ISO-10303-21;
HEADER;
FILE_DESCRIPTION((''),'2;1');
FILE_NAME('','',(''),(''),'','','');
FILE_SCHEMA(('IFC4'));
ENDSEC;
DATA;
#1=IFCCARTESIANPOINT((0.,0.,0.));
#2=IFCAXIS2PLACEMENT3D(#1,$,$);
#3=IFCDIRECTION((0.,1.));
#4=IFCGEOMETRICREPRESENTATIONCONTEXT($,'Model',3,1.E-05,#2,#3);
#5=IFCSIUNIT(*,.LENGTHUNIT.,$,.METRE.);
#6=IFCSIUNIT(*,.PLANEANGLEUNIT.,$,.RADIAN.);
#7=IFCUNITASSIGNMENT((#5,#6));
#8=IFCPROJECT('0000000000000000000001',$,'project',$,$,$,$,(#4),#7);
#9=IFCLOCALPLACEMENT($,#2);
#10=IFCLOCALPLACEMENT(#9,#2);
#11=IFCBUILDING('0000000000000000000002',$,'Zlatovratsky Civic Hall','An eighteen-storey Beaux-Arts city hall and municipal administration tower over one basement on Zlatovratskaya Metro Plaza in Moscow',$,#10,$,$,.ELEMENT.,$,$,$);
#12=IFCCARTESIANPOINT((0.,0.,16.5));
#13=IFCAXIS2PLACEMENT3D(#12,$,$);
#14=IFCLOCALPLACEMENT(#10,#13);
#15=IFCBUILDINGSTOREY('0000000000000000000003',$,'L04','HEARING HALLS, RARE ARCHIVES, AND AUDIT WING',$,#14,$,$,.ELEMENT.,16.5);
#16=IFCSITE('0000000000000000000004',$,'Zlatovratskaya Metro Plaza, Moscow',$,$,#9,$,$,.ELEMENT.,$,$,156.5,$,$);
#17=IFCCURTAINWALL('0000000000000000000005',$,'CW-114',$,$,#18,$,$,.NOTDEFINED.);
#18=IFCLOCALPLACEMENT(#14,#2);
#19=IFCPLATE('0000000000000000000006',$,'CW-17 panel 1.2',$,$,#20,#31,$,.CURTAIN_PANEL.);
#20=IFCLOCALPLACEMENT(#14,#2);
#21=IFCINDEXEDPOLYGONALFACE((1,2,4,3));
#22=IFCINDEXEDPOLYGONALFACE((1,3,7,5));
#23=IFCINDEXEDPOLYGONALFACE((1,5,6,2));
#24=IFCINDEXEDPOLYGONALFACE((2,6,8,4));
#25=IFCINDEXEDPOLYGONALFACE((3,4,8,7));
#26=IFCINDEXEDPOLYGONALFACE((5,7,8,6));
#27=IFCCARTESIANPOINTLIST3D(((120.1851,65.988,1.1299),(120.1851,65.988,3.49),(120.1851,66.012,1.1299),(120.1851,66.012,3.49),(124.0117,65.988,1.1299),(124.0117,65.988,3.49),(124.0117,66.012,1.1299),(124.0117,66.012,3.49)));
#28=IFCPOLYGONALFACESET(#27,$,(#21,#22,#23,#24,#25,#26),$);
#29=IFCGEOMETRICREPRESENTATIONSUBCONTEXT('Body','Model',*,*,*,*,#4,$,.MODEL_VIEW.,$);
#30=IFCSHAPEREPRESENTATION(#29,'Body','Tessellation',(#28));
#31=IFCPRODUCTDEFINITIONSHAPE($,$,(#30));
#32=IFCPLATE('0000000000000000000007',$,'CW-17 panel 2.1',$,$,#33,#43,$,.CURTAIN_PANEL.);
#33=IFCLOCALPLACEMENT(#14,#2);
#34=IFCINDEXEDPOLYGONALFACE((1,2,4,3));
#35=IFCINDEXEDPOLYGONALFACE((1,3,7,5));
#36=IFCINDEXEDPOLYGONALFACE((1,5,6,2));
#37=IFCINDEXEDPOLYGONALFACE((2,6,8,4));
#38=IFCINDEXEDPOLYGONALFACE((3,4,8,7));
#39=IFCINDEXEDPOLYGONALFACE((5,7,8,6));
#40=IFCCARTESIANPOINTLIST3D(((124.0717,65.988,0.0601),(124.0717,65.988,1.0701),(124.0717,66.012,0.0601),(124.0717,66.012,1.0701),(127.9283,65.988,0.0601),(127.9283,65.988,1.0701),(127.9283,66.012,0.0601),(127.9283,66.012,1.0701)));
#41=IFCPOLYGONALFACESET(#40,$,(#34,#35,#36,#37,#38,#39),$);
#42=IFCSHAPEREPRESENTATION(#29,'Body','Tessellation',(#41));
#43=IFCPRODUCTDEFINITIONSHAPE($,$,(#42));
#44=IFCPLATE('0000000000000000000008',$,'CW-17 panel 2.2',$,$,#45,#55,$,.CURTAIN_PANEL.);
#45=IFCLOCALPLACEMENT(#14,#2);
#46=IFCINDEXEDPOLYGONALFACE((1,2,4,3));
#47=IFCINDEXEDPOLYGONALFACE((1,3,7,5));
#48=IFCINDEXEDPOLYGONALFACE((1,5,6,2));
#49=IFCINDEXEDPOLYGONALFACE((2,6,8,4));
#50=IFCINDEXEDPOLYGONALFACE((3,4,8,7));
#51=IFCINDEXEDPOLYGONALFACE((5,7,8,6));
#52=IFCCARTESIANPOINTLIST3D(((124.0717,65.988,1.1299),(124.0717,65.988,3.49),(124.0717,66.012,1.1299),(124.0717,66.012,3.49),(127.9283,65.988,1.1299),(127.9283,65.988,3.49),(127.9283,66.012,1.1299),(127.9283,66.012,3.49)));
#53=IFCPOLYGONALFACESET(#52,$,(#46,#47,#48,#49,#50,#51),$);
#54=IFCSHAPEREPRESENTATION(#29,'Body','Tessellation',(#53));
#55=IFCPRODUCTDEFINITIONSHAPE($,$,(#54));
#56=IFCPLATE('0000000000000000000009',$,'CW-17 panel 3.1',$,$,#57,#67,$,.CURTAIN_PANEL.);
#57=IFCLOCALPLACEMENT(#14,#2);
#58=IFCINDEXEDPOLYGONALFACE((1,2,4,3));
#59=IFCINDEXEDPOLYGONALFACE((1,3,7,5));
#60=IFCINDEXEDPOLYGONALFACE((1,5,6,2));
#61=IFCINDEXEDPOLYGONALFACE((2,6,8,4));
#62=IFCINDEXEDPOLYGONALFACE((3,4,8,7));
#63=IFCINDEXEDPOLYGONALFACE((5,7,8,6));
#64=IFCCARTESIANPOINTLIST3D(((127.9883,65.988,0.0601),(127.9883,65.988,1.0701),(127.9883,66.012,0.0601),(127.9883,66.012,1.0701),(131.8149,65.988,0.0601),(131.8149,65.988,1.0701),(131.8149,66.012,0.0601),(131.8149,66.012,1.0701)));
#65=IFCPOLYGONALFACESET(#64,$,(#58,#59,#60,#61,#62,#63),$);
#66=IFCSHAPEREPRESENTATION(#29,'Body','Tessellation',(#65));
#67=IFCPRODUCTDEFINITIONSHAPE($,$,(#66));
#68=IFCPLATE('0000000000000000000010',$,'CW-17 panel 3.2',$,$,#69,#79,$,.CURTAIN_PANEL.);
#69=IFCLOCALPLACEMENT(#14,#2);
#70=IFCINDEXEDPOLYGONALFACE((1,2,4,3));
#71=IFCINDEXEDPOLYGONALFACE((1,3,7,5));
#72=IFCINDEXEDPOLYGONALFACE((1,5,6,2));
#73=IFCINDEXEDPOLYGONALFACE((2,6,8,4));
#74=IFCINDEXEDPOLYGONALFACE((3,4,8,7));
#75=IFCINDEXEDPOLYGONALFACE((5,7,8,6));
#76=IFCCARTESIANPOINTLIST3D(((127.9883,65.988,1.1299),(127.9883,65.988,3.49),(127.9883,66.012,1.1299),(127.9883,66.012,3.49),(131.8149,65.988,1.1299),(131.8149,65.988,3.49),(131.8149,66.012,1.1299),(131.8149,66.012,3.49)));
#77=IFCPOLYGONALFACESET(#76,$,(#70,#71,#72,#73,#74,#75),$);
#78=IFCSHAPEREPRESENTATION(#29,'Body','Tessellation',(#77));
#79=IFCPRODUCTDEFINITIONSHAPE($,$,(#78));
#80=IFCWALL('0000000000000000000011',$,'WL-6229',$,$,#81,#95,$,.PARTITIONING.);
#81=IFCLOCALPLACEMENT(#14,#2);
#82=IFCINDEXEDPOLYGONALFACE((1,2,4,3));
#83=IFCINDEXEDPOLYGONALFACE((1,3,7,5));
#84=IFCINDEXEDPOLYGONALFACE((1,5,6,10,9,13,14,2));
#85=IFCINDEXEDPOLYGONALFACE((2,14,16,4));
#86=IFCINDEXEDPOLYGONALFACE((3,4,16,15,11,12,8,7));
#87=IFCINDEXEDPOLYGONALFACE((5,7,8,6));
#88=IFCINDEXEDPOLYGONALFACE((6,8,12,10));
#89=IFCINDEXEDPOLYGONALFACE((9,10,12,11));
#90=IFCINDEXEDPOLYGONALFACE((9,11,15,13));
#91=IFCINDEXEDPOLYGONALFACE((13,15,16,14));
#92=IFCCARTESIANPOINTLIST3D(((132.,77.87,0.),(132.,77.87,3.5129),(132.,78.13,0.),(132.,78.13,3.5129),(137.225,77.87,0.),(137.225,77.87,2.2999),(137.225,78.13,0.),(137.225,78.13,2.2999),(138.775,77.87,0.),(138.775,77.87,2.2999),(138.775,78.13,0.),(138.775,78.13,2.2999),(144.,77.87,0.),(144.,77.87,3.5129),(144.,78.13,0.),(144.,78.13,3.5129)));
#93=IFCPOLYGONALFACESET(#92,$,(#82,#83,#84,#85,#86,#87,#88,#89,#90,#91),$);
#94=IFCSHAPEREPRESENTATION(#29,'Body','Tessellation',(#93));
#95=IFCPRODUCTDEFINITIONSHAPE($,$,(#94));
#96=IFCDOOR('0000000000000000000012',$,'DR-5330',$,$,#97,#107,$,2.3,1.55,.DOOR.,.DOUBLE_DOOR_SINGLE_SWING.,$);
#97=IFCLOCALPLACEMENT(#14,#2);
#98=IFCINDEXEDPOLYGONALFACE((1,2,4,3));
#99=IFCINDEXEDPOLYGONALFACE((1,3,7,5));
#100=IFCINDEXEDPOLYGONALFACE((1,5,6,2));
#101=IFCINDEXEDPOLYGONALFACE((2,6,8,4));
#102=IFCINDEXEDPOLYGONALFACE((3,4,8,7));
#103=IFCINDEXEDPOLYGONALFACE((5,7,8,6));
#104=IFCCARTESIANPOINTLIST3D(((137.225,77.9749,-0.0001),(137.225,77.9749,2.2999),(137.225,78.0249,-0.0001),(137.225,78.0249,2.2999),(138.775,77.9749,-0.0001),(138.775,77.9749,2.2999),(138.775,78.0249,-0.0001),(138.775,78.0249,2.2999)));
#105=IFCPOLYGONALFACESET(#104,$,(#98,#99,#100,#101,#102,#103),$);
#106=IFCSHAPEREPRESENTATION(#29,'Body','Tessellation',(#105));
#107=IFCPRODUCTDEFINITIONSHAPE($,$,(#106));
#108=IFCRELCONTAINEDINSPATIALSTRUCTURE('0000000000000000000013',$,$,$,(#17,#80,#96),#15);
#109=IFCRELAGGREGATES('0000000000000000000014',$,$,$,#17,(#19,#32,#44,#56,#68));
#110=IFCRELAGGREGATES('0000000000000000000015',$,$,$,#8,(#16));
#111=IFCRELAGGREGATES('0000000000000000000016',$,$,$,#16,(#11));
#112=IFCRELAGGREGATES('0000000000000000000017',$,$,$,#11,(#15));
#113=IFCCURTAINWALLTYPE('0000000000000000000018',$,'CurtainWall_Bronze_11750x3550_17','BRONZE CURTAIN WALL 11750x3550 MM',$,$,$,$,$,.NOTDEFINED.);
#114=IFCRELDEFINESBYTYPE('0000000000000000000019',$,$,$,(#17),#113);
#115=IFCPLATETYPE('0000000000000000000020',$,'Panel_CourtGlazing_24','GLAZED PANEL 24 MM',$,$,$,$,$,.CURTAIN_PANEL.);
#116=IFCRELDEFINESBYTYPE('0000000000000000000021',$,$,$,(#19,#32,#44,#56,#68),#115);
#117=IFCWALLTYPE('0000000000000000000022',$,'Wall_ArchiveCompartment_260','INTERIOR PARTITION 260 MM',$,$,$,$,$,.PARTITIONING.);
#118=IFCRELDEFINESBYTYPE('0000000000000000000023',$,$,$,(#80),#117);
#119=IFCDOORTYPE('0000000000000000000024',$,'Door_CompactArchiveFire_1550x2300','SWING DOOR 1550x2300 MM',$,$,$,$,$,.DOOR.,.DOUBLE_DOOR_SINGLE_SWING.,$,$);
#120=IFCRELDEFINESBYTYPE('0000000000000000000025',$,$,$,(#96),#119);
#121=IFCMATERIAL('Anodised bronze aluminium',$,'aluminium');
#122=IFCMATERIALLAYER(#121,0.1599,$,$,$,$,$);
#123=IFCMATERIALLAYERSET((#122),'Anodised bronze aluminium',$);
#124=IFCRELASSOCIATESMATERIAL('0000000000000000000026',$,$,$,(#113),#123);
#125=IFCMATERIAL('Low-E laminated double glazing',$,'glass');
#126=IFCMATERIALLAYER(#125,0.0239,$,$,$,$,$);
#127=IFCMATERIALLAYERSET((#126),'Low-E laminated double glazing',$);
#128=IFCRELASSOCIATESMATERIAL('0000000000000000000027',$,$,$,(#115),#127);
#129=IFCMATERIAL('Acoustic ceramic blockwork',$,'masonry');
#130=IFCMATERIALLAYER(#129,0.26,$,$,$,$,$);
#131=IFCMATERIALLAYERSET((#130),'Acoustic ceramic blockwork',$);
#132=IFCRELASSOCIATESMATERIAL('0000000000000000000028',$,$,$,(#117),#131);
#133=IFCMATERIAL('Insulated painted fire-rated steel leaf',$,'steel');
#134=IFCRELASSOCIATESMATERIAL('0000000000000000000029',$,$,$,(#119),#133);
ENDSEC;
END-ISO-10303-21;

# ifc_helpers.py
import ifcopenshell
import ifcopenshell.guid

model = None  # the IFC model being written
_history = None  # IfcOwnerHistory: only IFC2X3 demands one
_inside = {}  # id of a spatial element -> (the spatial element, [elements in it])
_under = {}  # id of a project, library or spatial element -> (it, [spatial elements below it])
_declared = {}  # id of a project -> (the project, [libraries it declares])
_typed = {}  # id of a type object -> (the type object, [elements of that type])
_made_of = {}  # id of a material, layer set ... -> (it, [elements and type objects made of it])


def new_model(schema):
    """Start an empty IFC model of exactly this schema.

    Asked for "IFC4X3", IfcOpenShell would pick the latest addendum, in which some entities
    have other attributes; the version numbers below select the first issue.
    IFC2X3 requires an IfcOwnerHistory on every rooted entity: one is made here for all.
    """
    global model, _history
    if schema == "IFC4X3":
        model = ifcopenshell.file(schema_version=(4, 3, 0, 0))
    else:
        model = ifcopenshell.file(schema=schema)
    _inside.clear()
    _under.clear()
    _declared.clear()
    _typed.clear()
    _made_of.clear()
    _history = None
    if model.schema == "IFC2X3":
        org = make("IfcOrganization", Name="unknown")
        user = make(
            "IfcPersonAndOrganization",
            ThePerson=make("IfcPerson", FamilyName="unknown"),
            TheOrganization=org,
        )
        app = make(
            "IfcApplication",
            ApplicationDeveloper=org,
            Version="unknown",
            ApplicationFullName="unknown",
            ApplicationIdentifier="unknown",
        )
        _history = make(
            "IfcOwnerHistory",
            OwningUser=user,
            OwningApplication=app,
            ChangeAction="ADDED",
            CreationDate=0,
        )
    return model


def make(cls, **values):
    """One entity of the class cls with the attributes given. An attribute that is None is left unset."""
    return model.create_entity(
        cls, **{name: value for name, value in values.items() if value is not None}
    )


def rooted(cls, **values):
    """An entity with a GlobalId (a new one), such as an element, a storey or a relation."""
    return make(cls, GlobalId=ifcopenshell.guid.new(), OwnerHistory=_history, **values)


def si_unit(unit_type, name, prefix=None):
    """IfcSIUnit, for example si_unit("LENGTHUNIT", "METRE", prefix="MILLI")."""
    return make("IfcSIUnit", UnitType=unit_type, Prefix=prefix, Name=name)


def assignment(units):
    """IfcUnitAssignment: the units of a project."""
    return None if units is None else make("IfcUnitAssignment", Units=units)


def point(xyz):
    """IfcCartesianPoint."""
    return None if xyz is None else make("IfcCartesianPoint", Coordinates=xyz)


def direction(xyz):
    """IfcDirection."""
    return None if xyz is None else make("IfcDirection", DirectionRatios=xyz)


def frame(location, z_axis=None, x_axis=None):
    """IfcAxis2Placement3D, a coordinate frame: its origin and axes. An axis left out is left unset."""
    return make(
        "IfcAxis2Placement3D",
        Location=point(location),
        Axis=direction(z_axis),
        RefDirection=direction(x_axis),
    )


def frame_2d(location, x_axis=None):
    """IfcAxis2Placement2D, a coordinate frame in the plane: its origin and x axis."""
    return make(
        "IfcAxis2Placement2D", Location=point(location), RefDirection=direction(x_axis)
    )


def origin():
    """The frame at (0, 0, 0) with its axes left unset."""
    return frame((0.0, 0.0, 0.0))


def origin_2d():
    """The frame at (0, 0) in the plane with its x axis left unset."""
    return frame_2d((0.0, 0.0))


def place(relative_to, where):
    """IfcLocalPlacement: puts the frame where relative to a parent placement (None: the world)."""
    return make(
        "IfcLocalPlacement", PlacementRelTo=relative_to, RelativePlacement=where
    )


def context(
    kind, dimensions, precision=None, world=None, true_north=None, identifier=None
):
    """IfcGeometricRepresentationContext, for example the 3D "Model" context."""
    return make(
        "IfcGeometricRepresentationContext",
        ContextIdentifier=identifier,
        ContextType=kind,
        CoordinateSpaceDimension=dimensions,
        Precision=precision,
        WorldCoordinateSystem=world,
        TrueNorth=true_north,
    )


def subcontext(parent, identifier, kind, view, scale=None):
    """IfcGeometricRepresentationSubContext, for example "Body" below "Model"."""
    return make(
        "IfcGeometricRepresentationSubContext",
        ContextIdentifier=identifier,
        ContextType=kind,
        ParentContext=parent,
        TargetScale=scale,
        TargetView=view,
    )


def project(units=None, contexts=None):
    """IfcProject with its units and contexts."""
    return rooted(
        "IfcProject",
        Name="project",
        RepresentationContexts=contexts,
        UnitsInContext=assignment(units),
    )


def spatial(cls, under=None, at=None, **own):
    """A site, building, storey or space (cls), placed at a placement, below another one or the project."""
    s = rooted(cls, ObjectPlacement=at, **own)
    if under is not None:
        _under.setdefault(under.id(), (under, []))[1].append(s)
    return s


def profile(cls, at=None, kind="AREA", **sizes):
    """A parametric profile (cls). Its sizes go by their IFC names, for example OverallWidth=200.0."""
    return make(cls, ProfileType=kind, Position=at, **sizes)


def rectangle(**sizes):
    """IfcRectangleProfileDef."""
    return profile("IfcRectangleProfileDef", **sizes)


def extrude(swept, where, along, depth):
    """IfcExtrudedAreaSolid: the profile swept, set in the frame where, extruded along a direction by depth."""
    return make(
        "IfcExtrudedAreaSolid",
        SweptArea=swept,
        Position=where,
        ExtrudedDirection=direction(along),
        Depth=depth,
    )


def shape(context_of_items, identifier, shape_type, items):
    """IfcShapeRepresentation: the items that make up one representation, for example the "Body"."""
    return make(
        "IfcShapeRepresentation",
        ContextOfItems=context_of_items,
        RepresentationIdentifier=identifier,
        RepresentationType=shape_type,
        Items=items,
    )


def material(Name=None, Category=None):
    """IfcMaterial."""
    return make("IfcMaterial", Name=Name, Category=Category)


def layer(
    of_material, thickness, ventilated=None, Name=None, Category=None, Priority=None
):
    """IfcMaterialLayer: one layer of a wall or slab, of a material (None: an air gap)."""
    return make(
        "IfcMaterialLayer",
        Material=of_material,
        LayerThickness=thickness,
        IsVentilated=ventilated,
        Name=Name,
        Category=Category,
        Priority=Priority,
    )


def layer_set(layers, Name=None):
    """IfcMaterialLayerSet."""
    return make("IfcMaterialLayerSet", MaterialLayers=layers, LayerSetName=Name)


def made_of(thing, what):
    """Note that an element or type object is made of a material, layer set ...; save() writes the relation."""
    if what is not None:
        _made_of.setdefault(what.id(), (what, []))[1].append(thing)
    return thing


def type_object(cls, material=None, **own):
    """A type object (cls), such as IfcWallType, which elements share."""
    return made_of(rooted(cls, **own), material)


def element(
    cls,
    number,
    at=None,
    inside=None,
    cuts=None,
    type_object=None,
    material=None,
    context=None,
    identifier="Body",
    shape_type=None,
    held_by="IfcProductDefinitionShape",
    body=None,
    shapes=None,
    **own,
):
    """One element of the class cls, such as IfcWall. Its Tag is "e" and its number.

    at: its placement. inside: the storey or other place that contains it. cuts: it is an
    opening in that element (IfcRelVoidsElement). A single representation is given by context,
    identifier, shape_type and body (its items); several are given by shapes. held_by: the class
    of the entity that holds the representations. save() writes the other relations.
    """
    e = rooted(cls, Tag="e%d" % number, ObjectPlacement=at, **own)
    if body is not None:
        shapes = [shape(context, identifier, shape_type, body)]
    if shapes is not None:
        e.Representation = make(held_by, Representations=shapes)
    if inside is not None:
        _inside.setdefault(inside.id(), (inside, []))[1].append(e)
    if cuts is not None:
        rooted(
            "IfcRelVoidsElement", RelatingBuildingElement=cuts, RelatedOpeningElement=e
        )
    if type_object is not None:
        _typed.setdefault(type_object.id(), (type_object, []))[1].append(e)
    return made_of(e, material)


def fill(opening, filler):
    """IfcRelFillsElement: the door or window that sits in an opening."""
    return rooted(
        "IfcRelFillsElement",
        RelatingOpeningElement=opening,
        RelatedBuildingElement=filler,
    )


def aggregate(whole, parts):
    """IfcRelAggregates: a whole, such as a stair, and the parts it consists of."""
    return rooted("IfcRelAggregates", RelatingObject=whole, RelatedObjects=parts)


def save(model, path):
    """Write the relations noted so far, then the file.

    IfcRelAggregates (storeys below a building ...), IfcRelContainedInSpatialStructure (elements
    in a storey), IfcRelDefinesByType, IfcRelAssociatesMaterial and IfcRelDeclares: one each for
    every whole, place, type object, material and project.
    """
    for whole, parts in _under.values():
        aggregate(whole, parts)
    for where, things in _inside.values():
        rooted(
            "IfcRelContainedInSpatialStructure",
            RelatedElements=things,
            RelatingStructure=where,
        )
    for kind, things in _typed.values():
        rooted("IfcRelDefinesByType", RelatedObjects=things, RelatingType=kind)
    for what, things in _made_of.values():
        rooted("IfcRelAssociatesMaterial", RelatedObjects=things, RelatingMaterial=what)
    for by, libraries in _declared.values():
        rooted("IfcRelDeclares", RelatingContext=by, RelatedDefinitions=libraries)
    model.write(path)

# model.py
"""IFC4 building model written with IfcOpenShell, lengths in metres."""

from ifc_helpers import new_model, si_unit, direction, frame, frame_2d, origin, origin_2d, place, context, subcontext, project, spatial, rectangle, extrude, material, layer, layer_set, type_object, element, fill, aggregate, save


model = new_model("IFC4")

# Units and contexts
model_context = context("Model", 3, precision=1e-05, world=origin(), true_north=direction((0.0, 1.0)))
body_context = subcontext(model_context, "Body", "Model", "MODEL_VIEW")
ifc_project = project(units=[si_unit("LENGTHUNIT", "METRE"), si_unit("PLANEANGLEUNIT", "RADIAN")], contexts=[model_context])

# Site, building, storey
site_placement = place(None, origin())
site = spatial("IfcSite", under=ifc_project, at=site_placement, Name="Zlatovratskaya Metro Plaza, Moscow", CompositionType="ELEMENT", RefElevation=156.5)
building_placement = place(site_placement, origin())
building = spatial("IfcBuilding", under=site, at=building_placement, Name="Zlatovratsky Civic Hall", Description="An eighteen-storey Beaux-Arts city hall and municipal administration tower over one basement on Zlatovratskaya Metro Plaza in Moscow", CompositionType="ELEMENT")
storey_placement = place(building_placement, frame((0.0, 0.0, 16.5)))
storey = spatial("IfcBuildingStorey", under=building, at=storey_placement, Name="L04", Description="HEARING HALLS, RARE ARCHIVES, AND AUDIT WING", CompositionType="ELEMENT", Elevation=16.5)

# Curtain wall
ifc_material_1 = material(Name="Anodised bronze aluminium", Category="aluminium")
ifc_layer_1 = layer(ifc_material_1, 0.1599)
ifc_layer_set_1 = layer_set([ifc_layer_1], Name="Anodised bronze aluminium")
curtain_wall_type = type_object("IfcCurtainWallType", Name="CurtainWall_Bronze_11750x3550_17", Description="BRONZE CURTAIN WALL 11750x3550 MM", PredefinedType="NOTDEFINED", material=ifc_layer_set_1)
curtain_wall_placement = place(storey_placement, origin())
curtain_wall = element("IfcCurtainWall", 1, at=curtain_wall_placement, inside=storey, type_object=curtain_wall_type, Name="CW-114", PredefinedType="NOTDEFINED")

# Plates
ifc_material_2 = material(Name="Low-E laminated double glazing", Category="glass")
ifc_layer_2 = layer(ifc_material_2, 0.0239)
ifc_layer_set_2 = layer_set([ifc_layer_2], Name="Low-E laminated double glazing")
plate_type = type_object("IfcPlateType", Name="Panel_CourtGlazing_24", Description="GLAZED PANEL 24 MM", PredefinedType="CURTAIN_PANEL", material=ifc_layer_set_2)
plate_1_placement = place(storey_placement, frame((122.0984, 66.0, 1.1299), z_axis=(0.0, 0.0, 1.0), x_axis=(1.0, 0.0, 0.0)))
plate_1 = element("IfcPlate", 2, at=plate_1_placement, type_object=plate_type, Name="CW-17 panel 1.2", PredefinedType="CURTAIN_PANEL", context=body_context, shape_type="SweptSolid", body=[
    extrude(rectangle(XDim=3.8267, YDim=0.0239, at=origin_2d()), origin(), (0.0, 0.0, 1.0), 2.3601),
])
plate_2_placement = place(storey_placement, frame((126.0, 66.0, 0.0601), z_axis=(0.0, 0.0, 1.0), x_axis=(1.0, 0.0, 0.0)))
plate_2 = element("IfcPlate", 3, at=plate_2_placement, type_object=plate_type, Name="CW-17 panel 2.1", PredefinedType="CURTAIN_PANEL", context=body_context, shape_type="SweptSolid", body=[
    extrude(rectangle(XDim=3.8567, YDim=0.0239, at=origin_2d()), origin(), (0.0, 0.0, 1.0), 1.01),
])
plate_3_placement = place(storey_placement, frame((126.0, 66.0, 1.1299), z_axis=(0.0, 0.0, 1.0), x_axis=(1.0, 0.0, 0.0)))
plate_3 = element("IfcPlate", 4, at=plate_3_placement, type_object=plate_type, Name="CW-17 panel 2.2", PredefinedType="CURTAIN_PANEL", context=body_context, shape_type="SweptSolid", body=[
    extrude(rectangle(XDim=3.8567, YDim=0.0239, at=origin_2d()), origin(), (0.0, 0.0, 1.0), 2.3601),
])
plate_4_placement = place(storey_placement, frame((129.9016, 66.0, 0.0601), z_axis=(0.0, 0.0, 1.0), x_axis=(1.0, 0.0, 0.0)))
plate_4 = element("IfcPlate", 5, at=plate_4_placement, type_object=plate_type, Name="CW-17 panel 3.1", PredefinedType="CURTAIN_PANEL", context=body_context, shape_type="SweptSolid", body=[
    extrude(rectangle(XDim=3.8267, YDim=0.0239, at=origin_2d()), origin(), (0.0, 0.0, 1.0), 1.01),
])
plate_5_placement = place(storey_placement, frame((129.9016, 66.0, 1.1299), z_axis=(0.0, 0.0, 1.0), x_axis=(1.0, 0.0, 0.0)))
plate_5 = element("IfcPlate", 6, at=plate_5_placement, type_object=plate_type, Name="CW-17 panel 3.2", PredefinedType="CURTAIN_PANEL", context=body_context, shape_type="SweptSolid", body=[
    extrude(rectangle(XDim=3.8267, YDim=0.0239, at=origin_2d()), origin(), (0.0, 0.0, 1.0), 2.3601),
])
aggregate(curtain_wall, [plate_1, plate_2, plate_3, plate_4, plate_5])

# Wall, opening, door
ifc_material_3 = material(Name="Acoustic ceramic blockwork", Category="masonry")
ifc_layer_3 = layer(ifc_material_3, 0.26)
ifc_layer_set_3 = layer_set([ifc_layer_3], Name="Acoustic ceramic blockwork")
wall_type = type_object("IfcWallType", Name="Wall_ArchiveCompartment_260", Description="INTERIOR PARTITION 260 MM", PredefinedType="PARTITIONING", material=ifc_layer_set_3)
wall_placement = place(storey_placement, frame((132.0, 78.0, 0.0), z_axis=(0.0, 0.0, 1.0), x_axis=(1.0, 0.0, 0.0)))
wall = element("IfcWall", 7, at=wall_placement, inside=storey, type_object=wall_type, Name="WL-6229", PredefinedType="PARTITIONING", context=body_context, shape_type="SweptSolid", body=[
    extrude(rectangle(XDim=12.0, YDim=0.26, at=frame_2d((6.0, 0.0))), origin(), (0.0, 0.0, 1.0), 3.5129),
])
opening_placement = place(wall_placement, frame((5.2251, 0.0, 0.0)))
opening = element("IfcOpeningElement", 8, at=opening_placement, cuts=wall, PredefinedType="OPENING", context=body_context, shape_type="SweptSolid", body=[
    extrude(rectangle(XDim=1.55, YDim=2.3, at=frame_2d((0.7749, 1.1499))), frame((0.0, 0.145, 0.0), z_axis=(0.0, -1.0, 0.0), x_axis=(1.0, 0.0, 0.0)), (0.0, 0.0, 1.0), 0.2898),
])
ifc_material_4 = material(Name="Insulated painted fire-rated steel leaf", Category="steel")
door_type = type_object("IfcDoorType", Name="Door_CompactArchiveFire_1550x2300", Description="SWING DOOR 1550x2300 MM", OperationType="DOUBLE_DOOR_SINGLE_SWING", PredefinedType="DOOR", material=ifc_material_4)
door_placement = place(opening_placement, origin())
door = element("IfcDoor", 9, at=door_placement, inside=storey, type_object=door_type, Name="DR-5330", OperationType="DOUBLE_DOOR_SINGLE_SWING", OverallHeight=2.3, OverallWidth=1.55, PredefinedType="DOOR", context=body_context, shape_type="SweptSolid", body=[
    extrude(rectangle(XDim=1.55, YDim=2.3, at=frame_2d((0.7749, 1.1499))), frame((0.0, 0.0249, 0.0), z_axis=(0.0, -1.0, 0.0), x_axis=(1.0, 0.0, 0.0)), (0.0, 0.0, 1.0), 0.05),
])
fill(opening, door)

save(model, "model.ifc")
